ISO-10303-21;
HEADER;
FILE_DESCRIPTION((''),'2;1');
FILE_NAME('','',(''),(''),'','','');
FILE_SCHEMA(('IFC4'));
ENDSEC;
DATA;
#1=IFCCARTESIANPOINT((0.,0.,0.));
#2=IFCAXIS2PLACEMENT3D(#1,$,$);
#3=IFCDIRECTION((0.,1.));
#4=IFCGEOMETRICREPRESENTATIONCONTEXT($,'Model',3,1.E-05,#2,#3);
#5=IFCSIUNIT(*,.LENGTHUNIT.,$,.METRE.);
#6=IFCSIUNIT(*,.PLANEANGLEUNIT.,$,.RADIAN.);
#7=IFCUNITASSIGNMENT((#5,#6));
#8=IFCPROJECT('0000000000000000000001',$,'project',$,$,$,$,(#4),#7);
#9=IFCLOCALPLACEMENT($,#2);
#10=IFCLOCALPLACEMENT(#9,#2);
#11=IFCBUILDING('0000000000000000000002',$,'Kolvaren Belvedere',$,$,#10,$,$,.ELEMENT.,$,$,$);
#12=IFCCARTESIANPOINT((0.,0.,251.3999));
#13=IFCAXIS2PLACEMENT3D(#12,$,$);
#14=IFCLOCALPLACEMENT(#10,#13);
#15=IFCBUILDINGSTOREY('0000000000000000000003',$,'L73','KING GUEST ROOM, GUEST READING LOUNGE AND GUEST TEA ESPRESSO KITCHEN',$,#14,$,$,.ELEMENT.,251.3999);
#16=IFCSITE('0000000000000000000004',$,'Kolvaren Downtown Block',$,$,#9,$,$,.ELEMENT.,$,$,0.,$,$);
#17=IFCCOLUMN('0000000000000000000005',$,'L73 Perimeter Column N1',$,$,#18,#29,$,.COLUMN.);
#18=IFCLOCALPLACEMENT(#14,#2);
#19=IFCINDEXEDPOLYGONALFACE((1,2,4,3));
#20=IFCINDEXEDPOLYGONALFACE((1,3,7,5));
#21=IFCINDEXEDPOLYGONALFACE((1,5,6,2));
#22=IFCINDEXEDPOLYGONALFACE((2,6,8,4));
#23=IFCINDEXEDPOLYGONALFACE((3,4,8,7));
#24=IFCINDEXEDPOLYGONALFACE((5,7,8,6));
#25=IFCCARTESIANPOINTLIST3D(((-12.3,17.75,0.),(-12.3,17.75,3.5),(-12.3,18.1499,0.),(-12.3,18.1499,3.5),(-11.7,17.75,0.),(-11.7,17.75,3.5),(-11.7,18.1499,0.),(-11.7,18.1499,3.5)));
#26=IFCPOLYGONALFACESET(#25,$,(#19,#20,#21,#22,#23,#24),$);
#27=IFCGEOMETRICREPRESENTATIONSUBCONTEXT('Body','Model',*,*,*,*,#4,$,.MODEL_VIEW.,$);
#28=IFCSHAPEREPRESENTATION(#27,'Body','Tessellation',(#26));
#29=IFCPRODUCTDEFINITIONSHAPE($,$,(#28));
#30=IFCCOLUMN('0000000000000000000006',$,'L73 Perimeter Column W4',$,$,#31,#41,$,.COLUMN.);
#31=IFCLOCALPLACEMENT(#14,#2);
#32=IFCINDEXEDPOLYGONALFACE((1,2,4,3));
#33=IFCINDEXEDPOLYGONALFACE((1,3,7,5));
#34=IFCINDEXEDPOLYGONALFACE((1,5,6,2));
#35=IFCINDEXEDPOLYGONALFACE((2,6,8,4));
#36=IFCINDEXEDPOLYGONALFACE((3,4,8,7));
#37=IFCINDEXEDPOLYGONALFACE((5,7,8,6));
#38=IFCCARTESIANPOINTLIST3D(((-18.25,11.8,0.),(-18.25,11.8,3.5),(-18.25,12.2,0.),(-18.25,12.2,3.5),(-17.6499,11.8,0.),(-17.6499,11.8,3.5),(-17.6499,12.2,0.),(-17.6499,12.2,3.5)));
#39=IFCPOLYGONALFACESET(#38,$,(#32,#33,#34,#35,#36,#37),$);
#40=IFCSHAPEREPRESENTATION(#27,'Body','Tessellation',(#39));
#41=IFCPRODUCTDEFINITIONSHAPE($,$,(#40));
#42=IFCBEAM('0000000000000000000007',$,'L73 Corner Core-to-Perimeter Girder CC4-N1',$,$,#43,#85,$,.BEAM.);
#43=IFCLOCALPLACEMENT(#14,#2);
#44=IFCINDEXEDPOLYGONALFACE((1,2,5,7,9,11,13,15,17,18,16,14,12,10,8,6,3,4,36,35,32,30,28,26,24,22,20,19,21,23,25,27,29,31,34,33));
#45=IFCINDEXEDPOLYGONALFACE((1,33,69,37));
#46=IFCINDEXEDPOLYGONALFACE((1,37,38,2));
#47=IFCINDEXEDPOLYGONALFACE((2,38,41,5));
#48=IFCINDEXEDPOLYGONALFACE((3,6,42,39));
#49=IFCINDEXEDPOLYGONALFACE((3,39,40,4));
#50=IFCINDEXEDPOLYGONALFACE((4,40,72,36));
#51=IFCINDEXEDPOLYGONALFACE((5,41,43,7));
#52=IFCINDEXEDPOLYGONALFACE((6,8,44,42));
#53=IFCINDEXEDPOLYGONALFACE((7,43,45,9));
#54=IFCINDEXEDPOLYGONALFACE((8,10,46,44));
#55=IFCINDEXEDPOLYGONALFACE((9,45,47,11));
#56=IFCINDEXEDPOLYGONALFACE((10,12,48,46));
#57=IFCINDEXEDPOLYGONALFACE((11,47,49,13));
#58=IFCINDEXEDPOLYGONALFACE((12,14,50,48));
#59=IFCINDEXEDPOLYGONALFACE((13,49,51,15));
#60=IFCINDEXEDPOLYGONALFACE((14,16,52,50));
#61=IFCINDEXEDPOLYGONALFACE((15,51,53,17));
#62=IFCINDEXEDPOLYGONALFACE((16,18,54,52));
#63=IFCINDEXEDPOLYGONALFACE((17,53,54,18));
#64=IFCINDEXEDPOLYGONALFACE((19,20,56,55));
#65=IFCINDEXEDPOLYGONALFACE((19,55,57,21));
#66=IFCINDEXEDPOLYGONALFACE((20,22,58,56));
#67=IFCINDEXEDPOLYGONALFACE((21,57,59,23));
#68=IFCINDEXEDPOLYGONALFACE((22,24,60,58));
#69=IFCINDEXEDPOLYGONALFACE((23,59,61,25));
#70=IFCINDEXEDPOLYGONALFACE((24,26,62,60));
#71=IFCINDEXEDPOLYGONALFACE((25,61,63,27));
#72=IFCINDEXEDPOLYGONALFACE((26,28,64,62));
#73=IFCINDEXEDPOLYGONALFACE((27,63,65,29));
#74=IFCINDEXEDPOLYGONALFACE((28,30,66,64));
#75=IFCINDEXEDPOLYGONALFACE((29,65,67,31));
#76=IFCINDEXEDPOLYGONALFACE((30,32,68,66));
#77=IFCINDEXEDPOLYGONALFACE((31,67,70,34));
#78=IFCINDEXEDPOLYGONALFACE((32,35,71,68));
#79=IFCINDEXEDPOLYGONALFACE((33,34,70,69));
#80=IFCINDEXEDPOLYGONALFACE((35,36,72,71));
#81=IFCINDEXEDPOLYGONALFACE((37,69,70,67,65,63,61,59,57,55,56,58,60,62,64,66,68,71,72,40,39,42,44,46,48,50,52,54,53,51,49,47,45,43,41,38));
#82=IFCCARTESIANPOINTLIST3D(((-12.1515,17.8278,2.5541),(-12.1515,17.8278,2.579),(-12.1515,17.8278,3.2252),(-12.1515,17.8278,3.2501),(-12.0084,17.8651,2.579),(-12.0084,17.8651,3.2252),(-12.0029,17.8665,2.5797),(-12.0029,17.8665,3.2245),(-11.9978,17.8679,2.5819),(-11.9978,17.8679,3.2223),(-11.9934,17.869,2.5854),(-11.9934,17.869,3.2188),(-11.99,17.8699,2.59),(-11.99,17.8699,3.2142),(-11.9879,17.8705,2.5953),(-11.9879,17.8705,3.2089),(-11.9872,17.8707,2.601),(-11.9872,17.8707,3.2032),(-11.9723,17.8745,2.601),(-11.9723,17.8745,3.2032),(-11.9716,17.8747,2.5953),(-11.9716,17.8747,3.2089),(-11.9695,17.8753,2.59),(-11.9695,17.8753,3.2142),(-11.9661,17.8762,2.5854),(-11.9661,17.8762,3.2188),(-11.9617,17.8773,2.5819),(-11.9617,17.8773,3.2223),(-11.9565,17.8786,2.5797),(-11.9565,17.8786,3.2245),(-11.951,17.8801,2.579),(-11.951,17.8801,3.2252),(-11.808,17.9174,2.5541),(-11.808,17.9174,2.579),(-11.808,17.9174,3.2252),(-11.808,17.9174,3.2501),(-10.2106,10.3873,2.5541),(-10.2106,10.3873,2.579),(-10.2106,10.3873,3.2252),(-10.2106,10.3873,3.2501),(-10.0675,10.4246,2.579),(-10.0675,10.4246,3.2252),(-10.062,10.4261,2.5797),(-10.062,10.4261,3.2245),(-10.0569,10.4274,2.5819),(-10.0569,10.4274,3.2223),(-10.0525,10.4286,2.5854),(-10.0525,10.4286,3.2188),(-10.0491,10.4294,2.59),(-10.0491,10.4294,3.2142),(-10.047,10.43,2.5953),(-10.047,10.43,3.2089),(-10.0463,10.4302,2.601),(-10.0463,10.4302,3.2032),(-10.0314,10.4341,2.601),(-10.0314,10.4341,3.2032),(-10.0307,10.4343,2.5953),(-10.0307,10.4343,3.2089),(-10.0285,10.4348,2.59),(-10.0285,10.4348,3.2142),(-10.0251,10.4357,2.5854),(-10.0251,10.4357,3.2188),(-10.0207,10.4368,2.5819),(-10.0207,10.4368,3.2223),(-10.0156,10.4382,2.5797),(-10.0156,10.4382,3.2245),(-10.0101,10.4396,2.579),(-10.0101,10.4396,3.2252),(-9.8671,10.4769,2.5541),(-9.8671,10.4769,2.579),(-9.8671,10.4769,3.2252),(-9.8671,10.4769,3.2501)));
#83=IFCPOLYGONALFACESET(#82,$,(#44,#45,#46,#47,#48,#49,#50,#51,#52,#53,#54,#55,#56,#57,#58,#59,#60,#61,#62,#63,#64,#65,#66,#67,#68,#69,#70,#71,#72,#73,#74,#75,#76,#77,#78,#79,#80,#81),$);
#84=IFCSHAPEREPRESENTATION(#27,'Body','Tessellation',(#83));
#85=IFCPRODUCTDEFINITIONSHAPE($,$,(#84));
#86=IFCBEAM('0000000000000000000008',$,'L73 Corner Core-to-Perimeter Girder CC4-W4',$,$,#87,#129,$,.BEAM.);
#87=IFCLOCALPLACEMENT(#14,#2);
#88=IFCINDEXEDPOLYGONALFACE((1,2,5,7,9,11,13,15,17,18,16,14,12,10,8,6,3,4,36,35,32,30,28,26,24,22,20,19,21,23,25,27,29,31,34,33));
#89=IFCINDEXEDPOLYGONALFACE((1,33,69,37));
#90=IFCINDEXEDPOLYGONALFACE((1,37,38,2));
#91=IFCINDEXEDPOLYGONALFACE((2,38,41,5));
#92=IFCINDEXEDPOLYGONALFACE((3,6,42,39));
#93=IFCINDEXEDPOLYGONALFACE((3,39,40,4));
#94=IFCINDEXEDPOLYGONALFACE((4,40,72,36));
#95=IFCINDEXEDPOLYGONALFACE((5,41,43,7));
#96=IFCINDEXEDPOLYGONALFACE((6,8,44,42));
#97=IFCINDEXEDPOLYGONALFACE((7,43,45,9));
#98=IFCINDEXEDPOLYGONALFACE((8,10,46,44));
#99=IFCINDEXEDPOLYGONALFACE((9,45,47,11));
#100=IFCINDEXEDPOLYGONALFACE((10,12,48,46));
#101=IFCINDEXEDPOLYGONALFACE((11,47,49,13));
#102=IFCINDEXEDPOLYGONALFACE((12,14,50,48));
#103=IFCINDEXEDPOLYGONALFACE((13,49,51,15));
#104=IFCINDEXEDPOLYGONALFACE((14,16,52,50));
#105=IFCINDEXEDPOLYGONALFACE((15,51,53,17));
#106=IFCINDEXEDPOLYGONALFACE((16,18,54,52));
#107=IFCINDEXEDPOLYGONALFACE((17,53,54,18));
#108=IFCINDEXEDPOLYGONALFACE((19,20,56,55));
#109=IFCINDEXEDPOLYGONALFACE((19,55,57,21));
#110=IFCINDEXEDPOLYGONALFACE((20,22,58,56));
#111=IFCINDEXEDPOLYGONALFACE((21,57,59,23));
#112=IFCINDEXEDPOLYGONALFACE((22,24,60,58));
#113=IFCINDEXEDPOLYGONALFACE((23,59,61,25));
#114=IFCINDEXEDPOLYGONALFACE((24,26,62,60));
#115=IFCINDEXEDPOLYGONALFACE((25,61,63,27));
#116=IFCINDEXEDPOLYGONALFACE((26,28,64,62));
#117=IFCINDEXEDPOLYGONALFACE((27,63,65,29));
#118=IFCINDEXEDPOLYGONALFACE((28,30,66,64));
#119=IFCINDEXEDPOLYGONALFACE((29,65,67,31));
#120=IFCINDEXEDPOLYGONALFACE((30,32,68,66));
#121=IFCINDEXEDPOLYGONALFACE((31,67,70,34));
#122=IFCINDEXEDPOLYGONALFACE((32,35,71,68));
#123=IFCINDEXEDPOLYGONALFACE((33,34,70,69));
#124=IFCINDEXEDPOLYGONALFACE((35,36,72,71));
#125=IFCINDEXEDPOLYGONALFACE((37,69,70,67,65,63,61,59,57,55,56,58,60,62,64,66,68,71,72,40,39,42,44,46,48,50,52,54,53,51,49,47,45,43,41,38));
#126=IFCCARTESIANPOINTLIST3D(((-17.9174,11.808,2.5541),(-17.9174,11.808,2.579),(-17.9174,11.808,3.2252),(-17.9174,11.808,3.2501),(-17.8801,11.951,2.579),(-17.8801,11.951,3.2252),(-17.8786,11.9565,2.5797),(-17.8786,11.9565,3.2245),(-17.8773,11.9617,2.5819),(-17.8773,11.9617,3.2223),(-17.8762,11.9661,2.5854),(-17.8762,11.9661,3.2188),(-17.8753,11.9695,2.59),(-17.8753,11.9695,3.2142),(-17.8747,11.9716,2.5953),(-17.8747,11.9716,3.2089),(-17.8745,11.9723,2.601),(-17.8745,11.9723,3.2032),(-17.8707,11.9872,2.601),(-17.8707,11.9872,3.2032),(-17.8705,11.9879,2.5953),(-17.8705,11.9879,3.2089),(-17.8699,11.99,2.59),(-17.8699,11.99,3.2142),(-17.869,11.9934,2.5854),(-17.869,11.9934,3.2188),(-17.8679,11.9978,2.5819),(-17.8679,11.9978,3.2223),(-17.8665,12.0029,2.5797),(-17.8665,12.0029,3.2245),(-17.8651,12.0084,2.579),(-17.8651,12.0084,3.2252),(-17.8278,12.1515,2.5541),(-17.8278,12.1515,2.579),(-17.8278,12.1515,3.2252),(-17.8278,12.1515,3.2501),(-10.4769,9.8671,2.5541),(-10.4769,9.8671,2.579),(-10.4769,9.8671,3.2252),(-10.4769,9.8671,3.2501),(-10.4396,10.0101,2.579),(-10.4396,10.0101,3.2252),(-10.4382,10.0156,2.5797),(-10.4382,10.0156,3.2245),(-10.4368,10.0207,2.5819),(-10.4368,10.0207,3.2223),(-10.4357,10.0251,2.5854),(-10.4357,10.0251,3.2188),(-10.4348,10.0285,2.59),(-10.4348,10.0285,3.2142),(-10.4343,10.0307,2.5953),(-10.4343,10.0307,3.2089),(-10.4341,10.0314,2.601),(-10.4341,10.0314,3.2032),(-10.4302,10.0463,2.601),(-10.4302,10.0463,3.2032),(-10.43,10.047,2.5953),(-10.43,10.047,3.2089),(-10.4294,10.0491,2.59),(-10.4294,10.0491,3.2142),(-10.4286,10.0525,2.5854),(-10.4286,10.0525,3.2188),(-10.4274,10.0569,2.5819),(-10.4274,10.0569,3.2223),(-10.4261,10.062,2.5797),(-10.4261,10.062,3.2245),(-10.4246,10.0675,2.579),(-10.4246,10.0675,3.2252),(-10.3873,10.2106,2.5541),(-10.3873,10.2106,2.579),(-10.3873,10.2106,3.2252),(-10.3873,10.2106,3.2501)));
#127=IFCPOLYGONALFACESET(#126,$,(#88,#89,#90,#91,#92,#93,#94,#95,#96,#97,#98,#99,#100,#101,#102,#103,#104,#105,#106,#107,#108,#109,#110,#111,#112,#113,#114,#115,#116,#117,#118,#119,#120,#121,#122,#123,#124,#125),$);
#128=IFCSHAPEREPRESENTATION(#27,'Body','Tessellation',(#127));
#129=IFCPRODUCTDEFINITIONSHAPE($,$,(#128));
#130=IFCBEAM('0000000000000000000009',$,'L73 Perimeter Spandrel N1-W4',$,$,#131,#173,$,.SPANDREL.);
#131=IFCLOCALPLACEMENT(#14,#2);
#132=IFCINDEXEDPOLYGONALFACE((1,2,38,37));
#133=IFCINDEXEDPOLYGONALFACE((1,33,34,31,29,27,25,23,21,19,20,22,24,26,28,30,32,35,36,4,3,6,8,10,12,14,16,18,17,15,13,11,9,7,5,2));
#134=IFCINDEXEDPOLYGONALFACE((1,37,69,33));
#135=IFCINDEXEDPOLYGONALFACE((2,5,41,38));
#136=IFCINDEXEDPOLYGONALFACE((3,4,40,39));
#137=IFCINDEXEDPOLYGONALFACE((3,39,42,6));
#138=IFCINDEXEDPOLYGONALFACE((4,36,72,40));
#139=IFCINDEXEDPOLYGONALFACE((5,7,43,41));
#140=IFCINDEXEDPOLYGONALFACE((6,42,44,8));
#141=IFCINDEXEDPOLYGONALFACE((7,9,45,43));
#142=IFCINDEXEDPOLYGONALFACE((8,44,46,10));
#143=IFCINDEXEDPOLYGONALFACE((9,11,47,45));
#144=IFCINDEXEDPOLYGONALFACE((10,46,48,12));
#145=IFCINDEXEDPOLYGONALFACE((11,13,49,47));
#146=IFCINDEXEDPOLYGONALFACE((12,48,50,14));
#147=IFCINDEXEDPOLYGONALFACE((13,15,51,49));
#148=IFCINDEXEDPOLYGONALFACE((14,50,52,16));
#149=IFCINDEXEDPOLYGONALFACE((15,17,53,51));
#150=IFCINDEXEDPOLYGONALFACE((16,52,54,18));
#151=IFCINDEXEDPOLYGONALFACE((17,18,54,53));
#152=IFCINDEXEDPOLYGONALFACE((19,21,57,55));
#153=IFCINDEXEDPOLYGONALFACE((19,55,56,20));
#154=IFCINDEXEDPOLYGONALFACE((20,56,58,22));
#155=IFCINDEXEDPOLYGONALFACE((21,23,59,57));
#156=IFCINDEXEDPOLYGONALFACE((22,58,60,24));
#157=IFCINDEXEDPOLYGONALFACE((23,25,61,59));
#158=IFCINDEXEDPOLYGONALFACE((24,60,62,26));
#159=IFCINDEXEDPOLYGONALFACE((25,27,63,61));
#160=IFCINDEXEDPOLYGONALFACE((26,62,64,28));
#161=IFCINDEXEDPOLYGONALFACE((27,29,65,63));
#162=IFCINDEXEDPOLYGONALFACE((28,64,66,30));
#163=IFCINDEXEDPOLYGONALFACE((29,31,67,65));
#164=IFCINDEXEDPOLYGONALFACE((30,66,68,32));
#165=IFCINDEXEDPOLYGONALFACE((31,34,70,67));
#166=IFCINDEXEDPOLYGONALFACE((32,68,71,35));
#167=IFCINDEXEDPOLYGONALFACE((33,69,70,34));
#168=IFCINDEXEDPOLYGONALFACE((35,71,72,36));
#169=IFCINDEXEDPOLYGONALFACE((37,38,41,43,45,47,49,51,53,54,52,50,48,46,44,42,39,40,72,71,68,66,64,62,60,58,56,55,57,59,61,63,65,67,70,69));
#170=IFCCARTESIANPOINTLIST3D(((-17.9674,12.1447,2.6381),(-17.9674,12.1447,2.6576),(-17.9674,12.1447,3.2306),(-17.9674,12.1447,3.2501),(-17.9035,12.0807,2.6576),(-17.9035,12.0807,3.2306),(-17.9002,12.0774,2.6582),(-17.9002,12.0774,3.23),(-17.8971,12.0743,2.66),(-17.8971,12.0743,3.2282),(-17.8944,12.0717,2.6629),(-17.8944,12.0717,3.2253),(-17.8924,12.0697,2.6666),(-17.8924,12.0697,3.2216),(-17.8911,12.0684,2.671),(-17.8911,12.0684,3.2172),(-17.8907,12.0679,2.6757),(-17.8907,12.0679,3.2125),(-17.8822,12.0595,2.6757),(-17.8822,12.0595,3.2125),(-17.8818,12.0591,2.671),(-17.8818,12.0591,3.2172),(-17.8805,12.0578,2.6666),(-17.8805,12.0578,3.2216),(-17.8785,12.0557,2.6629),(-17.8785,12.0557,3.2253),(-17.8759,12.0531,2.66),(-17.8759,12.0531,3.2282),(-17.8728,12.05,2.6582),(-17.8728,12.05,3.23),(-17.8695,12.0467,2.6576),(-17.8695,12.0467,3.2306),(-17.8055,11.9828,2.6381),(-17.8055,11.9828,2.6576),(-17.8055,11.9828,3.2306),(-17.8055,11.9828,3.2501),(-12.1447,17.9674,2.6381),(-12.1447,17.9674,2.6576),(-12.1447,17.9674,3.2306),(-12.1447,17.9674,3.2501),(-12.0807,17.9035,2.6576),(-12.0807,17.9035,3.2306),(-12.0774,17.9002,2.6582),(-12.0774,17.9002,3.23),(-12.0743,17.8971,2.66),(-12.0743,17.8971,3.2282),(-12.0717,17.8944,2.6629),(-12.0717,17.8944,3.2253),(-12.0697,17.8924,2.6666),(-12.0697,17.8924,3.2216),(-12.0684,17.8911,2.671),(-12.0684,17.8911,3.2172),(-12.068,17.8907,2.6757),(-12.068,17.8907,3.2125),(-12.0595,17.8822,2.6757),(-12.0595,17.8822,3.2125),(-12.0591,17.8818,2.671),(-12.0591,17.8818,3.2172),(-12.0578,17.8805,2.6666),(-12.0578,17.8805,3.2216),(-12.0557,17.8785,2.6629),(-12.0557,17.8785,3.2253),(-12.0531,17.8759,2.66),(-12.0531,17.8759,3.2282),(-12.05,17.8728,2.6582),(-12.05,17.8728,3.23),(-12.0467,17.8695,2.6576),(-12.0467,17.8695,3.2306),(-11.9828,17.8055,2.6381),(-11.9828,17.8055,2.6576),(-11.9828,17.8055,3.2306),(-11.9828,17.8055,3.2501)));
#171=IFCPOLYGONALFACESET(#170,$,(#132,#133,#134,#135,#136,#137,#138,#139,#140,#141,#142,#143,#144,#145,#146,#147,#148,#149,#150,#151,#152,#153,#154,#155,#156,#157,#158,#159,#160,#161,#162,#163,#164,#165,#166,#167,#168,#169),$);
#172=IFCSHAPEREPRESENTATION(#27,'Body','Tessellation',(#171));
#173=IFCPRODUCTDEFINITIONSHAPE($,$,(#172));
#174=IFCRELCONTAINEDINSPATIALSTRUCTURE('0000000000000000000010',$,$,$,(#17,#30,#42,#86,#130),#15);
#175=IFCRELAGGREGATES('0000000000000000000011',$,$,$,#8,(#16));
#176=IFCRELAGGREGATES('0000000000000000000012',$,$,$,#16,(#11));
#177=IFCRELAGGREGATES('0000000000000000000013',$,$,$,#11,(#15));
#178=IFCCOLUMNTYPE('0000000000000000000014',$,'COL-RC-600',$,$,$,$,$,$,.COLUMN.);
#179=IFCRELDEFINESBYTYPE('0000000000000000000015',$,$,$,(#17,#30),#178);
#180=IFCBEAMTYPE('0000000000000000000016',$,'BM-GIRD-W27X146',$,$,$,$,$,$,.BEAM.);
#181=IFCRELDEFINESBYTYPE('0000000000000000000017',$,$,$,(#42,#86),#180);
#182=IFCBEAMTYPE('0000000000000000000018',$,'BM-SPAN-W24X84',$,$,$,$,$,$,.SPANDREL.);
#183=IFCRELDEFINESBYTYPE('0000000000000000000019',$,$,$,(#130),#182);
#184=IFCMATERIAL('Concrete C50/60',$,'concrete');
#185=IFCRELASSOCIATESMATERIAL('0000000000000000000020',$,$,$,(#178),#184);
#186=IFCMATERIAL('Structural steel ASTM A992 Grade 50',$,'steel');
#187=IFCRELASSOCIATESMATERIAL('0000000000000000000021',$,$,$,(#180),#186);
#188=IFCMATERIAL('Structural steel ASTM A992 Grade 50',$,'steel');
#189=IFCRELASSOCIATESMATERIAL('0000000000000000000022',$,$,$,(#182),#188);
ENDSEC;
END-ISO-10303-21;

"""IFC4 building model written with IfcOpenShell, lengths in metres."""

from ifc_helpers import new_model, si_unit, direction, frame, origin, origin_2d, place, context, subcontext, project, spatial, rectangle, i_section, extrude, material, material_profile, profile_set, type_object, element, save


model = new_model("IFC4")

# Units and contexts
model_context = context("Model", 3, precision=1e-05, world=origin(), true_north=direction((0.0, 1.0)))
body_context = subcontext(model_context, "Body", "Model", "MODEL_VIEW")
ifc_project = project(units=[si_unit("LENGTHUNIT", "METRE"), si_unit("PLANEANGLEUNIT", "RADIAN")], contexts=[model_context])

# Site, building, storey
site_placement = place(None, origin())
site = spatial("IfcSite", under=ifc_project, at=site_placement, Name="Kolvaren Downtown Block", CompositionType="ELEMENT", RefElevation=0.0)
building_placement = place(site_placement, origin())
building = spatial("IfcBuilding", under=site, at=building_placement, Name="Kolvaren Belvedere", CompositionType="ELEMENT")
storey_placement = place(building_placement, frame((0.0, 0.0, 251.3999)))
storey = spatial("IfcBuildingStorey", under=building, at=storey_placement, Name="L73", Description="KING GUEST ROOM, GUEST READING LOUNGE AND GUEST TEA ESPRESSO KITCHEN", CompositionType="ELEMENT", Elevation=251.3999)

# Columns
ifc_material_1 = material(Name="Concrete C50/60", Category="concrete")
ifc_material_profile_1 = material_profile(ifc_material_1, rectangle(XDim=0.6001, YDim=0.3999, at=origin_2d()), Name="RC 600X400")
ifc_profile_set_1 = profile_set([ifc_material_profile_1], Name="Concrete C50/60")
column_type = type_object("IfcColumnType", Name="COL-RC-600", PredefinedType="COLUMN", material=ifc_profile_set_1)
for number, where, z_axis, x_axis, name in (
    (1, (-12.0, 17.95, 0.0), (0.0, 0.0, 1.0), (1.0, 0.0, 0.0), "L73 Perimeter Column N1"),
    (2, (-17.95, 12.0, 0.0), (0.0, 0.0, 1.0), (1.0, 0.0, 0.0), "L73 Perimeter Column W4"),
):
    element("IfcColumn", number, at=place(storey_placement, frame(where, z_axis=z_axis, x_axis=x_axis)), inside=storey, type_object=column_type, Name=name, PredefinedType="COLUMN", context=body_context, shape_type="SweptSolid", body=[
        extrude(rectangle(XDim=0.6001, YDim=0.3999, at=origin_2d()), origin(), (0.0, 0.0, 1.0), 3.5),
    ])

# Beams
ifc_material_2 = material(Name="Structural steel ASTM A992 Grade 50", Category="steel")
ifc_material_profile_2 = material_profile(ifc_material_2, i_section(OverallWidth=0.355, OverallDepth=0.696, WebThickness=0.0154, FlangeThickness=0.0249, FilletRadius=0.022, at=origin_2d()), Name="W27X146")
ifc_profile_set_2 = profile_set([ifc_material_profile_2], Name="Structural steel ASTM A992 Grade 50")
beam_type_1 = type_object("IfcBeamType", Name="BM-GIRD-W27X146", PredefinedType="BEAM", material=ifc_profile_set_2)
for number, where, z_axis, x_axis, name in (
    (3, (-10.0388, 10.4321, 2.9021), (-0.252414, 0.967619, 0.0), (-0.967619, -0.252414, 0.0), "L73 Corner Core-to-Perimeter Girder CC4-N1"),
    (4, (-10.4321, 10.0388, 2.9021), (-0.967619, 0.252414, 0.0), (-0.252414, -0.967619, 0.0), "L73 Corner Core-to-Perimeter Girder CC4-W4"),
):
    element("IfcBeam", number, at=place(storey_placement, frame(where, z_axis=z_axis, x_axis=x_axis)), inside=storey, type_object=beam_type_1, Name=name, PredefinedType="BEAM", context=body_context, shape_type="SweptSolid", body=[
        extrude(i_section(OverallWidth=0.355, OverallDepth=0.696, WebThickness=0.0154, FlangeThickness=0.0249, FilletRadius=0.022, at=origin_2d()), origin(), (0.0, 0.0, 1.0), 7.6895),
    ])
ifc_material_3 = material(Name="Structural steel ASTM A992 Grade 50", Category="steel")
ifc_material_profile_3 = material_profile(ifc_material_3, i_section(OverallWidth=0.229, OverallDepth=0.6121, WebThickness=0.012, FlangeThickness=0.0195, FilletRadius=0.0181, at=origin_2d()), Name="W24X84")
ifc_profile_set_3 = profile_set([ifc_material_profile_3], Name="Structural steel ASTM A992 Grade 50")
beam_type_2 = type_object("IfcBeamType", Name="BM-SPAN-W24X84", PredefinedType="SPANDREL", material=ifc_profile_set_3)
beam_1_placement = place(storey_placement, frame((-12.0637, 17.8865, 2.9441), z_axis=(-0.707107, -0.707107, 0.0), x_axis=(0.707107, -0.707107, 0.0)))
element("IfcBeam", 5, at=beam_1_placement, inside=storey, type_object=beam_type_2, Name="L73 Perimeter Spandrel N1-W4", PredefinedType="SPANDREL", context=body_context, shape_type="SweptSolid", body=[
    extrude(i_section(OverallWidth=0.229, OverallDepth=0.6121, WebThickness=0.012, FlangeThickness=0.0195, FilletRadius=0.0181, at=origin_2d()), origin(), (0.0, 0.0, 1.0), 8.2346),
])

save(model, "model.ifc")
